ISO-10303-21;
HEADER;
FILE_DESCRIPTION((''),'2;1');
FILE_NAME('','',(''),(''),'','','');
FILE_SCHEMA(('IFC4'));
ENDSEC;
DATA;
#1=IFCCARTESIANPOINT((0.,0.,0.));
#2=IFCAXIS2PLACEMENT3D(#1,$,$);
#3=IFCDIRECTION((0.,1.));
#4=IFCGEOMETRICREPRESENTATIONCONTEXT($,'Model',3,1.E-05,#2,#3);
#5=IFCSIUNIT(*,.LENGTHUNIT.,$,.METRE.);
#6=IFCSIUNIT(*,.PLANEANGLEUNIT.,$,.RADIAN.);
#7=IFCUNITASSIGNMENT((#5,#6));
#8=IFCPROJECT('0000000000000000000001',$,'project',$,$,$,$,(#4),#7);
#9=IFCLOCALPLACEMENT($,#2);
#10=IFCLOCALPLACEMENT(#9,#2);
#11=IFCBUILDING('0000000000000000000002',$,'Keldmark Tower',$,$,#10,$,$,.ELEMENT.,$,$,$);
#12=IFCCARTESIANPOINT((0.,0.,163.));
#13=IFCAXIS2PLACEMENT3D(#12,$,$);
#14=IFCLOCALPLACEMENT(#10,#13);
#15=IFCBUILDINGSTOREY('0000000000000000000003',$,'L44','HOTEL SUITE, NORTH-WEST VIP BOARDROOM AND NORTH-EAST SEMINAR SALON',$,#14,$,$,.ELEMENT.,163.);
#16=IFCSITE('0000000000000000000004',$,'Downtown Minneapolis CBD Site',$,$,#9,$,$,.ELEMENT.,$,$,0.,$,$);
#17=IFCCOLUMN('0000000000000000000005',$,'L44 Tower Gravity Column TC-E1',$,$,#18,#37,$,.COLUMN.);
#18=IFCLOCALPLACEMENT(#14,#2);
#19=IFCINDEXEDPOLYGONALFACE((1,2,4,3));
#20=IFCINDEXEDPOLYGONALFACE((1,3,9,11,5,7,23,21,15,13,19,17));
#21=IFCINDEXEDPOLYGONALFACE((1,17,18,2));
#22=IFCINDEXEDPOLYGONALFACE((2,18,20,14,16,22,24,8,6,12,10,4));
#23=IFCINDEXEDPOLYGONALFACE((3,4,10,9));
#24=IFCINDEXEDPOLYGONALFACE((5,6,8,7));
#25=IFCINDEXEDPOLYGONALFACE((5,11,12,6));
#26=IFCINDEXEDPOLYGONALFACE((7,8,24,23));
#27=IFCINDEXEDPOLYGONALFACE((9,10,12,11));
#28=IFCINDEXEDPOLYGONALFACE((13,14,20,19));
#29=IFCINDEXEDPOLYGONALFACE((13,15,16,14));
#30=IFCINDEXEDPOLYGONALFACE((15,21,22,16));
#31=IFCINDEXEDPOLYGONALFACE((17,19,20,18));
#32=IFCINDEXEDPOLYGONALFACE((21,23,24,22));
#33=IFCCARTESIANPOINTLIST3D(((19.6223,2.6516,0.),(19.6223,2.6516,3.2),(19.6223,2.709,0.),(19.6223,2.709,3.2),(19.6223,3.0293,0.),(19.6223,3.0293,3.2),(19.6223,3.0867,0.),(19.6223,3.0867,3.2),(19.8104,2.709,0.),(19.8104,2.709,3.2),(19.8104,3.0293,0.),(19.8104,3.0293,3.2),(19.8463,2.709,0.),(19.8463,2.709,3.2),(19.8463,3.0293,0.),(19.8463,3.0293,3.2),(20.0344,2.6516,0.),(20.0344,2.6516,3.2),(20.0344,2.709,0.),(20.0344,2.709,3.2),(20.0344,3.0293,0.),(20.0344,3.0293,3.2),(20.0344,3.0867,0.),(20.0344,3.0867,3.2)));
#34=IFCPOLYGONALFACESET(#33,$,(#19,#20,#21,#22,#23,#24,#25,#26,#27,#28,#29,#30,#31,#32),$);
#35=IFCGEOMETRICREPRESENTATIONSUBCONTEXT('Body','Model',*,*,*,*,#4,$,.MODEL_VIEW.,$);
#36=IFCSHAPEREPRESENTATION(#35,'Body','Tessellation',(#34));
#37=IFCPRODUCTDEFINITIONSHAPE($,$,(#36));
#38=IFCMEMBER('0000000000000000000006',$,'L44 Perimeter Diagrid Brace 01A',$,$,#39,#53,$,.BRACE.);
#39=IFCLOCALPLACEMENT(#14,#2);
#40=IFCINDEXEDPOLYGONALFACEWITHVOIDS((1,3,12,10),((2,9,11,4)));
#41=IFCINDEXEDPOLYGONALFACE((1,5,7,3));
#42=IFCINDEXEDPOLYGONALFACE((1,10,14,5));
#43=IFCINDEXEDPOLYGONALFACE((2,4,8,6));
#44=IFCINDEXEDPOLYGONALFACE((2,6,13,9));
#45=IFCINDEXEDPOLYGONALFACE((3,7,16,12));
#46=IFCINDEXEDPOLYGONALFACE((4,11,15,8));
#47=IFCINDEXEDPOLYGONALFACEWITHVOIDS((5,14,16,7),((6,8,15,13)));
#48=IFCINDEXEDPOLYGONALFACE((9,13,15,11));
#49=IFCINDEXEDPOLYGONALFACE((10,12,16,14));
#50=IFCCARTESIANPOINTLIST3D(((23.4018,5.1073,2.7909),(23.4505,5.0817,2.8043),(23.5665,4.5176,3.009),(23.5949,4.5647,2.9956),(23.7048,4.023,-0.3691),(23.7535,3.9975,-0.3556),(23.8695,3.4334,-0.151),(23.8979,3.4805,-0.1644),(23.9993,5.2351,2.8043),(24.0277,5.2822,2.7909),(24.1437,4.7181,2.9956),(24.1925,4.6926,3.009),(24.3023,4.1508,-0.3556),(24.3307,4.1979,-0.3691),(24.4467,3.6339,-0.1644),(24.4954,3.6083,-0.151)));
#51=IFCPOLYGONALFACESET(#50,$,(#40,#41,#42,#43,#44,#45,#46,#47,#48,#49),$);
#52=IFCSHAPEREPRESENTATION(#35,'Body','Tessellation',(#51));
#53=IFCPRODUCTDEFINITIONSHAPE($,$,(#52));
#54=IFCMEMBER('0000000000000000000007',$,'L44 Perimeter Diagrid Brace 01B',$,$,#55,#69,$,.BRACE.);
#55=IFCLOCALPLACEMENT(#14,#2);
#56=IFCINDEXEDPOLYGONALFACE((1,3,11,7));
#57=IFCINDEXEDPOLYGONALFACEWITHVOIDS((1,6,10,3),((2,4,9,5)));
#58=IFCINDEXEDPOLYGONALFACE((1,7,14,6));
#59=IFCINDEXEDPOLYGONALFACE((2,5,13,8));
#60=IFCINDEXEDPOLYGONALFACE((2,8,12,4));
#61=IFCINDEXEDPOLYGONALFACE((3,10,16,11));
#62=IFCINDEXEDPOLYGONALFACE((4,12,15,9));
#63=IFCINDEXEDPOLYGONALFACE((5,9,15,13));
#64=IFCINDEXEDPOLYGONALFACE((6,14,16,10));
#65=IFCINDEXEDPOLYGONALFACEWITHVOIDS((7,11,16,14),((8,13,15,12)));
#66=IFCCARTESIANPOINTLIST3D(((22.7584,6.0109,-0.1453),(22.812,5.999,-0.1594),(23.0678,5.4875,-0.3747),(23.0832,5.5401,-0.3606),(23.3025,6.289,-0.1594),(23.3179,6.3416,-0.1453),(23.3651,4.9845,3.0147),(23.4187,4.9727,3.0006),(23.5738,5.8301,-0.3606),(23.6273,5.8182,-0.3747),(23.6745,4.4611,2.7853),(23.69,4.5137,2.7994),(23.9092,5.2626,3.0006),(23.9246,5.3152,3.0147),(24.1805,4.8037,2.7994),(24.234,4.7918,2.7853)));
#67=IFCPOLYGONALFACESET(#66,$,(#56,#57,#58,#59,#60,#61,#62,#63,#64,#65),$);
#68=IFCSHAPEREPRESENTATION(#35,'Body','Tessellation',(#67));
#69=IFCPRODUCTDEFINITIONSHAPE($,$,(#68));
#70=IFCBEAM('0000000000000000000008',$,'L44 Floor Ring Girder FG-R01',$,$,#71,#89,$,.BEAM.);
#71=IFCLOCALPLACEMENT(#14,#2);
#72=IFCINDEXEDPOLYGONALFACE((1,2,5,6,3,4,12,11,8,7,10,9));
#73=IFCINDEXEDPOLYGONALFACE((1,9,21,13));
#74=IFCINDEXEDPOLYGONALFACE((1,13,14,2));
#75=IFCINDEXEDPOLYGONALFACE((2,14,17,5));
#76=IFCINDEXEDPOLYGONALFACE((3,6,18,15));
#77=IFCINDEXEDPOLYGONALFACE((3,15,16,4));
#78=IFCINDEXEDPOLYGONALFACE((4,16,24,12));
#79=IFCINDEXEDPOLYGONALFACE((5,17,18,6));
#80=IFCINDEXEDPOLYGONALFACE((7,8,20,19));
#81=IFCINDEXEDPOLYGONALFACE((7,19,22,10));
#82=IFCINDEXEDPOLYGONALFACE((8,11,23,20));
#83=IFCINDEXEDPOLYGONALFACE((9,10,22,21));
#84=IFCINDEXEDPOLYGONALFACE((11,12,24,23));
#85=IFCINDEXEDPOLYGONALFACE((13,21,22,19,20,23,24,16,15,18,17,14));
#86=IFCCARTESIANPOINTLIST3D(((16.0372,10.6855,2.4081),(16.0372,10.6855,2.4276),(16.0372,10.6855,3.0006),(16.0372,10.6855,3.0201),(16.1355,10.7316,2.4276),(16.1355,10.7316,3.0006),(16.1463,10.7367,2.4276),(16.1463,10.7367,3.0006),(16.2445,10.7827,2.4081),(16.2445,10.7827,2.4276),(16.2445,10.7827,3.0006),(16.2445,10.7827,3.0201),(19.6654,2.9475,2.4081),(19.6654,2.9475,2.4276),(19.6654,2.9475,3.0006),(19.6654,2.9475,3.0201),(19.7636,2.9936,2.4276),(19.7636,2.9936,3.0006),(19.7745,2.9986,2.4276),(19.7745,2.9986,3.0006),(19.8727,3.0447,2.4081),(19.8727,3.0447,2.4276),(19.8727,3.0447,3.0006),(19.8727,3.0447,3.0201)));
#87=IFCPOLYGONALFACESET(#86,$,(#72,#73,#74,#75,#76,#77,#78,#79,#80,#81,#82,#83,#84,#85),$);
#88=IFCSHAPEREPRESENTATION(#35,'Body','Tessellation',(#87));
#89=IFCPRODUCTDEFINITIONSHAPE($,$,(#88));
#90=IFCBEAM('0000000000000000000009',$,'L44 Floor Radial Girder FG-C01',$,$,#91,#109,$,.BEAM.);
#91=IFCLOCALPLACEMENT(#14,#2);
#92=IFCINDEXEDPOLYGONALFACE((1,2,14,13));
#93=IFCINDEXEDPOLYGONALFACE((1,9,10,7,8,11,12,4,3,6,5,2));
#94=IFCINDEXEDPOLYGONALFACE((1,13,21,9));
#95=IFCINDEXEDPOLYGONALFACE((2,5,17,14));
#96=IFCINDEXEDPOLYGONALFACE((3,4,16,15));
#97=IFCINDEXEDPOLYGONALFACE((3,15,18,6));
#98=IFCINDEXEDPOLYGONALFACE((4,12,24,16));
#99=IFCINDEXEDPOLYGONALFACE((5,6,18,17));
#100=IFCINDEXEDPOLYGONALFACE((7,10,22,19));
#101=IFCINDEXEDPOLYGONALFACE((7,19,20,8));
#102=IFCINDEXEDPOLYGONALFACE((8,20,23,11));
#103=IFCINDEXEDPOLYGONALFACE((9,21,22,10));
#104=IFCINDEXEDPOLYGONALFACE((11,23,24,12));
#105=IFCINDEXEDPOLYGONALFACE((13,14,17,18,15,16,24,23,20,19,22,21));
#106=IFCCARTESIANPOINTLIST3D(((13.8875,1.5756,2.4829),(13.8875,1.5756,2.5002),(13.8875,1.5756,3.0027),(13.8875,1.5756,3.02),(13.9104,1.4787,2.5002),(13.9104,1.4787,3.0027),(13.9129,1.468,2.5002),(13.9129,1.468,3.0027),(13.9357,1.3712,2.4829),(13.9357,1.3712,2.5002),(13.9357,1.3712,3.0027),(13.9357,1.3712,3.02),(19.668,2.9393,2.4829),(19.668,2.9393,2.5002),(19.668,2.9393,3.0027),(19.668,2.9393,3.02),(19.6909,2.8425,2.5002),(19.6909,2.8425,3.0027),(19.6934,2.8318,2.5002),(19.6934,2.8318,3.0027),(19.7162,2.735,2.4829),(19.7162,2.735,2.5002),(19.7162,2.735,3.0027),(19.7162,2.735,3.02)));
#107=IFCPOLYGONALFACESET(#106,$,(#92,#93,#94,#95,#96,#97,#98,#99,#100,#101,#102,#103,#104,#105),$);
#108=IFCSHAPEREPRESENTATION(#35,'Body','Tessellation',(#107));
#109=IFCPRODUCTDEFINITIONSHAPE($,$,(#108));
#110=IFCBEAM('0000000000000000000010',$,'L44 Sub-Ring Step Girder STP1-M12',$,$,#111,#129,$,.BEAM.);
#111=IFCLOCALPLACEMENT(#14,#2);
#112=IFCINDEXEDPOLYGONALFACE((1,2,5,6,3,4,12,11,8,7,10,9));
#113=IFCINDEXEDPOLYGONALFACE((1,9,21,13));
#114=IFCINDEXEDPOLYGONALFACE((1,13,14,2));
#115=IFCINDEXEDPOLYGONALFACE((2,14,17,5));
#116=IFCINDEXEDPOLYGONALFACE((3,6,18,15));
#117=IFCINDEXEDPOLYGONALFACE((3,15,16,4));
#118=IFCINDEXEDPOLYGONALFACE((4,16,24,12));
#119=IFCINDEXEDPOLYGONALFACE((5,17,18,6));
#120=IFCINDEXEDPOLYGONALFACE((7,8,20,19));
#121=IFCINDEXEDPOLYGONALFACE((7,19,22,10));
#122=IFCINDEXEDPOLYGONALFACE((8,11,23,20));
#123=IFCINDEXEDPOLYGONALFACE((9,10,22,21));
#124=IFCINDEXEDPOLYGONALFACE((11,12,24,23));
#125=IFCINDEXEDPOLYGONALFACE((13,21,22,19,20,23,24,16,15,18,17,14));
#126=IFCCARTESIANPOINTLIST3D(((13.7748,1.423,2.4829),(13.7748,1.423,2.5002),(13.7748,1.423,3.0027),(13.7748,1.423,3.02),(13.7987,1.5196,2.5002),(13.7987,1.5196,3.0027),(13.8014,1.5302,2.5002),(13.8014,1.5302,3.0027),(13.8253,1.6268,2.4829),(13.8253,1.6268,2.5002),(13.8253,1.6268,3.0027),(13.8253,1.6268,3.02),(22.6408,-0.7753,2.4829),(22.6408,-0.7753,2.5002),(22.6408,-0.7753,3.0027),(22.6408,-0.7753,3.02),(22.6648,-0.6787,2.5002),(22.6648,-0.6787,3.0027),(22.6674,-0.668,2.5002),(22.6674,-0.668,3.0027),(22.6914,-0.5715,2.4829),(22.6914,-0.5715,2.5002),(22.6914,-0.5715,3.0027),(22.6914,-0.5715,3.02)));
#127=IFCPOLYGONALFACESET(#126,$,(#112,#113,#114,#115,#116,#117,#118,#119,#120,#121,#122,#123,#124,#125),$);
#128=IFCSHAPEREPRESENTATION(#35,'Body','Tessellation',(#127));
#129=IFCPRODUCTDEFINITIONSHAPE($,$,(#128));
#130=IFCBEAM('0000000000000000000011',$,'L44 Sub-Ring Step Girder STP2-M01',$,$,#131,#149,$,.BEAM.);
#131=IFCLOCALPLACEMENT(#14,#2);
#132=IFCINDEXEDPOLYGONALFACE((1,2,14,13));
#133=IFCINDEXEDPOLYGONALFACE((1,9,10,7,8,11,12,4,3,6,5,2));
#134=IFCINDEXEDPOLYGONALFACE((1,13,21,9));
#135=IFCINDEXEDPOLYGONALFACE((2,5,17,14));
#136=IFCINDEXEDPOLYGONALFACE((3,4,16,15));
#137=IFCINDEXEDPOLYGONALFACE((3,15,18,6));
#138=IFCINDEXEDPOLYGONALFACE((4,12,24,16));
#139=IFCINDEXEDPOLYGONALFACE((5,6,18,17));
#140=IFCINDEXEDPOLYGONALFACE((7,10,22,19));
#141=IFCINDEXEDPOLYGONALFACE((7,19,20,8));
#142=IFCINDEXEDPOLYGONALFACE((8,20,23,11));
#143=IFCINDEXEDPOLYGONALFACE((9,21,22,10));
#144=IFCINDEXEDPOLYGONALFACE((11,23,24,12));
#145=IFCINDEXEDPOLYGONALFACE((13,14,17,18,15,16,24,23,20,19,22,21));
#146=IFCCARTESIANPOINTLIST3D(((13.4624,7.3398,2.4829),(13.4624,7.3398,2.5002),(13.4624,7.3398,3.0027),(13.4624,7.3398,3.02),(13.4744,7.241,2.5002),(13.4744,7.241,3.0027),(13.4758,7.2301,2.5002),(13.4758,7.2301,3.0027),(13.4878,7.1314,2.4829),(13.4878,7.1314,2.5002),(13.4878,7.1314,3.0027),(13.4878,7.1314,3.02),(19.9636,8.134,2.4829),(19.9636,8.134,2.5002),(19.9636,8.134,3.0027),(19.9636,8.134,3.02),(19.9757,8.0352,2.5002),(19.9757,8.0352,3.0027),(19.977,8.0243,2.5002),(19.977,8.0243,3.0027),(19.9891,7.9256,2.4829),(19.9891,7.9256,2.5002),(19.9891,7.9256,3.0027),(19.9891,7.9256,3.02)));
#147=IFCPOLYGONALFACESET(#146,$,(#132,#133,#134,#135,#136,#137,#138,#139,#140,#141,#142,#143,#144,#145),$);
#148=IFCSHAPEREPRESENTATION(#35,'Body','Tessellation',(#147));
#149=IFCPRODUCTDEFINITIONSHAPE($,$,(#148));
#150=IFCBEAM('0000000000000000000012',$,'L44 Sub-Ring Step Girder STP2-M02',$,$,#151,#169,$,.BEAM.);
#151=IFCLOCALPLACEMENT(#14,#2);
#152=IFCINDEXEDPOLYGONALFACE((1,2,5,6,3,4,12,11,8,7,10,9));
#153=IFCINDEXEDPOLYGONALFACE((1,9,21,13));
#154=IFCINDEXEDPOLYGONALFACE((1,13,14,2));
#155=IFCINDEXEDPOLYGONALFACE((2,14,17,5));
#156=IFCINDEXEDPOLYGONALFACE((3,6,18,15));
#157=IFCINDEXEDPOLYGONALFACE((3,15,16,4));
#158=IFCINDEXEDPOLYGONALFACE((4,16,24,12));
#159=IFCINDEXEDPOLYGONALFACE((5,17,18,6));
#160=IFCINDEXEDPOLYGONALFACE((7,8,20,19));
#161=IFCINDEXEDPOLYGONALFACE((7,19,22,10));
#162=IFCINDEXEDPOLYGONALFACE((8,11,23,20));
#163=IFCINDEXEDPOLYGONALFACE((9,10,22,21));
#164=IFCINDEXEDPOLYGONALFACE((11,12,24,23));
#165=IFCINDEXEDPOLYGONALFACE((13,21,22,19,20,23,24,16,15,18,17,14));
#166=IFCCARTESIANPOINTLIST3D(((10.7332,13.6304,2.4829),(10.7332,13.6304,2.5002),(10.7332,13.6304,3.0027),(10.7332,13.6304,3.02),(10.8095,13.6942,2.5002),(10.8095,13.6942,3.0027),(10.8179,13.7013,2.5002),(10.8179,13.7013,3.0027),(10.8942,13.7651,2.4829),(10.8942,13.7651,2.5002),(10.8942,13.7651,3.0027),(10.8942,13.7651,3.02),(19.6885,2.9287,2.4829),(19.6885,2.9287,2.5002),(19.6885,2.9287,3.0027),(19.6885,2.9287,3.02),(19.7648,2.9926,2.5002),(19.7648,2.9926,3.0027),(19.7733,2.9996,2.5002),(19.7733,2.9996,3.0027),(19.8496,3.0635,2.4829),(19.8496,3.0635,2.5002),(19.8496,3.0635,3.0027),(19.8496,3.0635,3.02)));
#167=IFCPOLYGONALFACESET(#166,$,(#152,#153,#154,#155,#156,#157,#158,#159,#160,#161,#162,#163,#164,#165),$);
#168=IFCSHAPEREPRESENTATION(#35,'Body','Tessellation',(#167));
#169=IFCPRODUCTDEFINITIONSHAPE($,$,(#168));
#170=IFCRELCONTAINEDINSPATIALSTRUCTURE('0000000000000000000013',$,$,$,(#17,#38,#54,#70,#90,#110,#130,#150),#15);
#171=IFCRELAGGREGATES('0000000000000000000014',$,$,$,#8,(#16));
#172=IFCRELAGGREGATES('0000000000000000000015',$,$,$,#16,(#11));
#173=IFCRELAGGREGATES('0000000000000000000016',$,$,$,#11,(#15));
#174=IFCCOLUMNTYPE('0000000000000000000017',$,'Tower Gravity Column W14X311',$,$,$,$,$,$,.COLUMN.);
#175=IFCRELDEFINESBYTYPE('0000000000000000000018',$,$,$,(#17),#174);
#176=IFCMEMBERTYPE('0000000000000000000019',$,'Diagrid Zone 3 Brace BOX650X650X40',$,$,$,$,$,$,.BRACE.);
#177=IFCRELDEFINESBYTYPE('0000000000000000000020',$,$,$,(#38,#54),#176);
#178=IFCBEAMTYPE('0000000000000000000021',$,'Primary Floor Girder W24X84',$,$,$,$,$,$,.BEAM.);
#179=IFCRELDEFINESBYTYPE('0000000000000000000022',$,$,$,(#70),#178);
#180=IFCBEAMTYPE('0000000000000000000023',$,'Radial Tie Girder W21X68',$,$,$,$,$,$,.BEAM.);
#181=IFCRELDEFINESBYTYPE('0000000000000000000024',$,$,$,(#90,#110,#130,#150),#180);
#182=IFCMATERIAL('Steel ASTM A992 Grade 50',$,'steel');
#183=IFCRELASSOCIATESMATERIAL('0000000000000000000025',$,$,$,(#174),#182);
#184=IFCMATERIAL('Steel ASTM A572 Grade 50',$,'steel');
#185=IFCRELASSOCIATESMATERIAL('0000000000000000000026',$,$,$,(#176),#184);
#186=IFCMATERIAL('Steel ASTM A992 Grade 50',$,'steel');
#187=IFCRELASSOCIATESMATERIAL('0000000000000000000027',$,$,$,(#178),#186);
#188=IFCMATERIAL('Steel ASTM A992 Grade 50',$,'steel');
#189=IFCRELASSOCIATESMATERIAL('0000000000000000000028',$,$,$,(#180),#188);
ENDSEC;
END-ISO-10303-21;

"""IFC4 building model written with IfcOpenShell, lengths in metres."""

from ifc_helpers import new_model, si_unit, direction, frame, origin, origin_2d, place, context, subcontext, project, spatial, hollow_rectangle, i_section, extrude, material, material_profile, profile_set, type_object, element, save


model = new_model("IFC4")

# Units and contexts
model_context = context("Model", 3, precision=1e-05, world=origin(), true_north=direction((0.0, 1.0)))
body_context = subcontext(model_context, "Body", "Model", "MODEL_VIEW")
ifc_project = project(units=[si_unit("LENGTHUNIT", "METRE"), si_unit("PLANEANGLEUNIT", "RADIAN")], contexts=[model_context])

# Site, building, storey
site_placement = place(None, origin())
site = spatial("IfcSite", under=ifc_project, at=site_placement, Name="Downtown Minneapolis CBD Site", CompositionType="ELEMENT", RefElevation=0.0)
building_placement = place(site_placement, origin())
building = spatial("IfcBuilding", under=site, at=building_placement, Name="Keldmark Tower", CompositionType="ELEMENT")
storey_placement = place(building_placement, frame((0.0, 0.0, 163.0)))
storey = spatial("IfcBuildingStorey", under=building, at=storey_placement, Name="L44", Description="HOTEL SUITE, NORTH-WEST VIP BOARDROOM AND NORTH-EAST SEMINAR SALON", CompositionType="ELEMENT", Elevation=163.0)

# Column
ifc_material_1 = material(Name="Steel ASTM A992 Grade 50", Category="steel")
ifc_material_profile_1 = material_profile(ifc_material_1, i_section(OverallWidth=0.4121, OverallDepth=0.4351, WebThickness=0.0359, FlangeThickness=0.0574, at=origin_2d()), Name="W14X311")
ifc_profile_set_1 = profile_set([ifc_material_profile_1], Name="Steel ASTM A992 Grade 50")
column_type = type_object("IfcColumnType", Name="Tower Gravity Column W14X311", PredefinedType="COLUMN", material=ifc_profile_set_1)
column_placement = place(storey_placement, frame((19.8284, 2.8691, 0.0), z_axis=(0.0, 0.0, 1.0), x_axis=(1.0, 0.0, 0.0)))
element("IfcColumn", 1, at=column_placement, inside=storey, type_object=column_type, Name="L44 Tower Gravity Column TC-E1", PredefinedType="COLUMN", context=body_context, shape_type="SweptSolid", body=[
    extrude(i_section(OverallWidth=0.4121, OverallDepth=0.4351, WebThickness=0.0359, FlangeThickness=0.0574, at=origin_2d()), origin(), (0.0, 0.0, 1.0), 3.2),
])

# Members
ifc_material_2 = material(Name="Steel ASTM A572 Grade 50", Category="steel")
ifc_material_profile_2 = material_profile(ifc_material_2, hollow_rectangle(XDim=0.6499, YDim=0.6499, WallThickness=0.04, at=origin_2d()), Name="BOX650X650X40")
ifc_profile_set_2 = profile_set([ifc_material_profile_2], Name="Steel ASTM A572 Grade 50")
member_type = type_object("IfcMemberType", Name="Diagrid Zone 3 Brace BOX650X650X40", PredefinedType="BRACE", material=ifc_profile_set_2)
member_1_placement = place(storey_placement, frame((24.1001, 3.8157, -0.26), z_axis=(-0.090321, 0.32322, 0.942004), x_axis=(-0.963104, -0.269131, 0.0)))
element("IfcMember", 2, at=member_1_placement, inside=storey, type_object=member_type, Name="L44 Perimeter Diagrid Brace 01A", PredefinedType="BRACE", context=body_context, shape_type="SweptSolid", body=[
    extrude(hollow_rectangle(XDim=0.6499, YDim=0.6499, WallThickness=0.04, at=origin_2d()), origin(), (0.0, 0.0, 1.0), 3.3545),
])
member_2_placement = place(storey_placement, frame((23.1929, 5.9146, -0.26), z_axis=(0.179634, -0.303896, 0.935617), x_axis=(0.860853, 0.508853, 0.0)))
element("IfcMember", 3, at=member_2_placement, inside=storey, type_object=member_type, Name="L44 Perimeter Diagrid Brace 01B", PredefinedType="BRACE", context=body_context, shape_type="SweptSolid", body=[
    extrude(hollow_rectangle(XDim=0.6499, YDim=0.6499, WallThickness=0.04, at=origin_2d()), origin(), (0.0, 0.0, 1.0), 3.3774),
])

# Beams
ifc_material_3 = material(Name="Steel ASTM A992 Grade 50", Category="steel")
ifc_material_profile_3 = material_profile(ifc_material_3, i_section(OverallWidth=0.229, OverallDepth=0.6121, WebThickness=0.012, FlangeThickness=0.0195, at=origin_2d()), Name="W24X84")
ifc_profile_set_3 = profile_set([ifc_material_profile_3], Name="Steel ASTM A992 Grade 50")
beam_type_1 = type_object("IfcBeamType", Name="Primary Floor Girder W24X84", PredefinedType="BEAM", material=ifc_profile_set_3)
beam_1_placement = place(storey_placement, frame((19.769, 2.9961, 2.7141), z_axis=(-0.424527, 0.905415, 0.0), x_axis=(-0.905415, -0.424527, 0.0)))
element("IfcBeam", 4, at=beam_1_placement, inside=storey, type_object=beam_type_1, Name="L44 Floor Ring Girder FG-R01", PredefinedType="BEAM", context=body_context, shape_type="SweptSolid", body=[
    extrude(i_section(OverallWidth=0.229, OverallDepth=0.6121, WebThickness=0.012, FlangeThickness=0.0195, at=origin_2d()), origin(), (0.0, 0.0, 1.0), 8.5464),
])
ifc_material_4 = material(Name="Steel ASTM A992 Grade 50", Category="steel")
ifc_material_profile_4 = material_profile(ifc_material_4, i_section(OverallWidth=0.21, OverallDepth=0.5371, WebThickness=0.011, FlangeThickness=0.0173, at=origin_2d()), Name="W21X68")
ifc_profile_set_4 = profile_set([ifc_material_profile_4], Name="Steel ASTM A992 Grade 50")
beam_type_2 = type_object("IfcBeamType", Name="Radial Tie Girder W21X68", PredefinedType="BEAM", material=ifc_profile_set_4)
beam_2_placement = place(storey_placement, frame((19.6921, 2.8372, 2.7515), z_axis=(-0.97328, -0.229621, 0.0), x_axis=(0.229621, -0.97328, 0.0)))
element("IfcBeam", 5, at=beam_2_placement, inside=storey, type_object=beam_type_2, Name="L44 Floor Radial Girder FG-C01", PredefinedType="BEAM", context=body_context, shape_type="SweptSolid", body=[
    extrude(i_section(OverallWidth=0.21, OverallDepth=0.5371, WebThickness=0.011, FlangeThickness=0.0173, at=origin_2d()), origin(), (0.0, 0.0, 1.0), 5.9392),
])
beam_3_placement = place(storey_placement, frame((13.8, 1.5249, 2.7515), z_axis=(0.970611, -0.240655, 0.0), x_axis=(0.240655, 0.970611, 0.0)))
element("IfcBeam", 6, at=beam_3_placement, inside=storey, type_object=beam_type_2, Name="L44 Sub-Ring Step Girder STP1-M12", PredefinedType="BEAM", context=body_context, shape_type="SweptSolid", body=[
    extrude(i_section(OverallWidth=0.21, OverallDepth=0.5371, WebThickness=0.011, FlangeThickness=0.0173, at=origin_2d()), origin(), (0.0, 0.0, 1.0), 9.1345),
])
beam_4_placement = place(storey_placement, frame((13.4751, 7.2356, 2.7515), z_axis=(0.992621, 0.121259, 0.0), x_axis=(-0.121259, 0.992621, 0.0)))
element("IfcBeam", 7, at=beam_4_placement, inside=storey, type_object=beam_type_2, Name="L44 Sub-Ring Step Girder STP2-M01", PredefinedType="BEAM", context=body_context, shape_type="SweptSolid", body=[
    extrude(i_section(OverallWidth=0.21, OverallDepth=0.5371, WebThickness=0.011, FlangeThickness=0.0173, at=origin_2d()), origin(), (0.0, 0.0, 1.0), 6.5496),
])
beam_5_placement = place(storey_placement, frame((19.769, 2.9961, 2.7515), z_axis=(-0.641759, 0.766906, 0.0), x_axis=(-0.766906, -0.641759, 0.0)))
element("IfcBeam", 8, at=beam_5_placement, inside=storey, type_object=beam_type_2, Name="L44 Sub-Ring Step Girder STP2-M02", PredefinedType="BEAM", context=body_context, shape_type="SweptSolid", body=[
    extrude(i_section(OverallWidth=0.21, OverallDepth=0.5371, WebThickness=0.011, FlangeThickness=0.0173, at=origin_2d()), origin(), (0.0, 0.0, 1.0), 13.9543),
])

save(model, "model.ifc")
